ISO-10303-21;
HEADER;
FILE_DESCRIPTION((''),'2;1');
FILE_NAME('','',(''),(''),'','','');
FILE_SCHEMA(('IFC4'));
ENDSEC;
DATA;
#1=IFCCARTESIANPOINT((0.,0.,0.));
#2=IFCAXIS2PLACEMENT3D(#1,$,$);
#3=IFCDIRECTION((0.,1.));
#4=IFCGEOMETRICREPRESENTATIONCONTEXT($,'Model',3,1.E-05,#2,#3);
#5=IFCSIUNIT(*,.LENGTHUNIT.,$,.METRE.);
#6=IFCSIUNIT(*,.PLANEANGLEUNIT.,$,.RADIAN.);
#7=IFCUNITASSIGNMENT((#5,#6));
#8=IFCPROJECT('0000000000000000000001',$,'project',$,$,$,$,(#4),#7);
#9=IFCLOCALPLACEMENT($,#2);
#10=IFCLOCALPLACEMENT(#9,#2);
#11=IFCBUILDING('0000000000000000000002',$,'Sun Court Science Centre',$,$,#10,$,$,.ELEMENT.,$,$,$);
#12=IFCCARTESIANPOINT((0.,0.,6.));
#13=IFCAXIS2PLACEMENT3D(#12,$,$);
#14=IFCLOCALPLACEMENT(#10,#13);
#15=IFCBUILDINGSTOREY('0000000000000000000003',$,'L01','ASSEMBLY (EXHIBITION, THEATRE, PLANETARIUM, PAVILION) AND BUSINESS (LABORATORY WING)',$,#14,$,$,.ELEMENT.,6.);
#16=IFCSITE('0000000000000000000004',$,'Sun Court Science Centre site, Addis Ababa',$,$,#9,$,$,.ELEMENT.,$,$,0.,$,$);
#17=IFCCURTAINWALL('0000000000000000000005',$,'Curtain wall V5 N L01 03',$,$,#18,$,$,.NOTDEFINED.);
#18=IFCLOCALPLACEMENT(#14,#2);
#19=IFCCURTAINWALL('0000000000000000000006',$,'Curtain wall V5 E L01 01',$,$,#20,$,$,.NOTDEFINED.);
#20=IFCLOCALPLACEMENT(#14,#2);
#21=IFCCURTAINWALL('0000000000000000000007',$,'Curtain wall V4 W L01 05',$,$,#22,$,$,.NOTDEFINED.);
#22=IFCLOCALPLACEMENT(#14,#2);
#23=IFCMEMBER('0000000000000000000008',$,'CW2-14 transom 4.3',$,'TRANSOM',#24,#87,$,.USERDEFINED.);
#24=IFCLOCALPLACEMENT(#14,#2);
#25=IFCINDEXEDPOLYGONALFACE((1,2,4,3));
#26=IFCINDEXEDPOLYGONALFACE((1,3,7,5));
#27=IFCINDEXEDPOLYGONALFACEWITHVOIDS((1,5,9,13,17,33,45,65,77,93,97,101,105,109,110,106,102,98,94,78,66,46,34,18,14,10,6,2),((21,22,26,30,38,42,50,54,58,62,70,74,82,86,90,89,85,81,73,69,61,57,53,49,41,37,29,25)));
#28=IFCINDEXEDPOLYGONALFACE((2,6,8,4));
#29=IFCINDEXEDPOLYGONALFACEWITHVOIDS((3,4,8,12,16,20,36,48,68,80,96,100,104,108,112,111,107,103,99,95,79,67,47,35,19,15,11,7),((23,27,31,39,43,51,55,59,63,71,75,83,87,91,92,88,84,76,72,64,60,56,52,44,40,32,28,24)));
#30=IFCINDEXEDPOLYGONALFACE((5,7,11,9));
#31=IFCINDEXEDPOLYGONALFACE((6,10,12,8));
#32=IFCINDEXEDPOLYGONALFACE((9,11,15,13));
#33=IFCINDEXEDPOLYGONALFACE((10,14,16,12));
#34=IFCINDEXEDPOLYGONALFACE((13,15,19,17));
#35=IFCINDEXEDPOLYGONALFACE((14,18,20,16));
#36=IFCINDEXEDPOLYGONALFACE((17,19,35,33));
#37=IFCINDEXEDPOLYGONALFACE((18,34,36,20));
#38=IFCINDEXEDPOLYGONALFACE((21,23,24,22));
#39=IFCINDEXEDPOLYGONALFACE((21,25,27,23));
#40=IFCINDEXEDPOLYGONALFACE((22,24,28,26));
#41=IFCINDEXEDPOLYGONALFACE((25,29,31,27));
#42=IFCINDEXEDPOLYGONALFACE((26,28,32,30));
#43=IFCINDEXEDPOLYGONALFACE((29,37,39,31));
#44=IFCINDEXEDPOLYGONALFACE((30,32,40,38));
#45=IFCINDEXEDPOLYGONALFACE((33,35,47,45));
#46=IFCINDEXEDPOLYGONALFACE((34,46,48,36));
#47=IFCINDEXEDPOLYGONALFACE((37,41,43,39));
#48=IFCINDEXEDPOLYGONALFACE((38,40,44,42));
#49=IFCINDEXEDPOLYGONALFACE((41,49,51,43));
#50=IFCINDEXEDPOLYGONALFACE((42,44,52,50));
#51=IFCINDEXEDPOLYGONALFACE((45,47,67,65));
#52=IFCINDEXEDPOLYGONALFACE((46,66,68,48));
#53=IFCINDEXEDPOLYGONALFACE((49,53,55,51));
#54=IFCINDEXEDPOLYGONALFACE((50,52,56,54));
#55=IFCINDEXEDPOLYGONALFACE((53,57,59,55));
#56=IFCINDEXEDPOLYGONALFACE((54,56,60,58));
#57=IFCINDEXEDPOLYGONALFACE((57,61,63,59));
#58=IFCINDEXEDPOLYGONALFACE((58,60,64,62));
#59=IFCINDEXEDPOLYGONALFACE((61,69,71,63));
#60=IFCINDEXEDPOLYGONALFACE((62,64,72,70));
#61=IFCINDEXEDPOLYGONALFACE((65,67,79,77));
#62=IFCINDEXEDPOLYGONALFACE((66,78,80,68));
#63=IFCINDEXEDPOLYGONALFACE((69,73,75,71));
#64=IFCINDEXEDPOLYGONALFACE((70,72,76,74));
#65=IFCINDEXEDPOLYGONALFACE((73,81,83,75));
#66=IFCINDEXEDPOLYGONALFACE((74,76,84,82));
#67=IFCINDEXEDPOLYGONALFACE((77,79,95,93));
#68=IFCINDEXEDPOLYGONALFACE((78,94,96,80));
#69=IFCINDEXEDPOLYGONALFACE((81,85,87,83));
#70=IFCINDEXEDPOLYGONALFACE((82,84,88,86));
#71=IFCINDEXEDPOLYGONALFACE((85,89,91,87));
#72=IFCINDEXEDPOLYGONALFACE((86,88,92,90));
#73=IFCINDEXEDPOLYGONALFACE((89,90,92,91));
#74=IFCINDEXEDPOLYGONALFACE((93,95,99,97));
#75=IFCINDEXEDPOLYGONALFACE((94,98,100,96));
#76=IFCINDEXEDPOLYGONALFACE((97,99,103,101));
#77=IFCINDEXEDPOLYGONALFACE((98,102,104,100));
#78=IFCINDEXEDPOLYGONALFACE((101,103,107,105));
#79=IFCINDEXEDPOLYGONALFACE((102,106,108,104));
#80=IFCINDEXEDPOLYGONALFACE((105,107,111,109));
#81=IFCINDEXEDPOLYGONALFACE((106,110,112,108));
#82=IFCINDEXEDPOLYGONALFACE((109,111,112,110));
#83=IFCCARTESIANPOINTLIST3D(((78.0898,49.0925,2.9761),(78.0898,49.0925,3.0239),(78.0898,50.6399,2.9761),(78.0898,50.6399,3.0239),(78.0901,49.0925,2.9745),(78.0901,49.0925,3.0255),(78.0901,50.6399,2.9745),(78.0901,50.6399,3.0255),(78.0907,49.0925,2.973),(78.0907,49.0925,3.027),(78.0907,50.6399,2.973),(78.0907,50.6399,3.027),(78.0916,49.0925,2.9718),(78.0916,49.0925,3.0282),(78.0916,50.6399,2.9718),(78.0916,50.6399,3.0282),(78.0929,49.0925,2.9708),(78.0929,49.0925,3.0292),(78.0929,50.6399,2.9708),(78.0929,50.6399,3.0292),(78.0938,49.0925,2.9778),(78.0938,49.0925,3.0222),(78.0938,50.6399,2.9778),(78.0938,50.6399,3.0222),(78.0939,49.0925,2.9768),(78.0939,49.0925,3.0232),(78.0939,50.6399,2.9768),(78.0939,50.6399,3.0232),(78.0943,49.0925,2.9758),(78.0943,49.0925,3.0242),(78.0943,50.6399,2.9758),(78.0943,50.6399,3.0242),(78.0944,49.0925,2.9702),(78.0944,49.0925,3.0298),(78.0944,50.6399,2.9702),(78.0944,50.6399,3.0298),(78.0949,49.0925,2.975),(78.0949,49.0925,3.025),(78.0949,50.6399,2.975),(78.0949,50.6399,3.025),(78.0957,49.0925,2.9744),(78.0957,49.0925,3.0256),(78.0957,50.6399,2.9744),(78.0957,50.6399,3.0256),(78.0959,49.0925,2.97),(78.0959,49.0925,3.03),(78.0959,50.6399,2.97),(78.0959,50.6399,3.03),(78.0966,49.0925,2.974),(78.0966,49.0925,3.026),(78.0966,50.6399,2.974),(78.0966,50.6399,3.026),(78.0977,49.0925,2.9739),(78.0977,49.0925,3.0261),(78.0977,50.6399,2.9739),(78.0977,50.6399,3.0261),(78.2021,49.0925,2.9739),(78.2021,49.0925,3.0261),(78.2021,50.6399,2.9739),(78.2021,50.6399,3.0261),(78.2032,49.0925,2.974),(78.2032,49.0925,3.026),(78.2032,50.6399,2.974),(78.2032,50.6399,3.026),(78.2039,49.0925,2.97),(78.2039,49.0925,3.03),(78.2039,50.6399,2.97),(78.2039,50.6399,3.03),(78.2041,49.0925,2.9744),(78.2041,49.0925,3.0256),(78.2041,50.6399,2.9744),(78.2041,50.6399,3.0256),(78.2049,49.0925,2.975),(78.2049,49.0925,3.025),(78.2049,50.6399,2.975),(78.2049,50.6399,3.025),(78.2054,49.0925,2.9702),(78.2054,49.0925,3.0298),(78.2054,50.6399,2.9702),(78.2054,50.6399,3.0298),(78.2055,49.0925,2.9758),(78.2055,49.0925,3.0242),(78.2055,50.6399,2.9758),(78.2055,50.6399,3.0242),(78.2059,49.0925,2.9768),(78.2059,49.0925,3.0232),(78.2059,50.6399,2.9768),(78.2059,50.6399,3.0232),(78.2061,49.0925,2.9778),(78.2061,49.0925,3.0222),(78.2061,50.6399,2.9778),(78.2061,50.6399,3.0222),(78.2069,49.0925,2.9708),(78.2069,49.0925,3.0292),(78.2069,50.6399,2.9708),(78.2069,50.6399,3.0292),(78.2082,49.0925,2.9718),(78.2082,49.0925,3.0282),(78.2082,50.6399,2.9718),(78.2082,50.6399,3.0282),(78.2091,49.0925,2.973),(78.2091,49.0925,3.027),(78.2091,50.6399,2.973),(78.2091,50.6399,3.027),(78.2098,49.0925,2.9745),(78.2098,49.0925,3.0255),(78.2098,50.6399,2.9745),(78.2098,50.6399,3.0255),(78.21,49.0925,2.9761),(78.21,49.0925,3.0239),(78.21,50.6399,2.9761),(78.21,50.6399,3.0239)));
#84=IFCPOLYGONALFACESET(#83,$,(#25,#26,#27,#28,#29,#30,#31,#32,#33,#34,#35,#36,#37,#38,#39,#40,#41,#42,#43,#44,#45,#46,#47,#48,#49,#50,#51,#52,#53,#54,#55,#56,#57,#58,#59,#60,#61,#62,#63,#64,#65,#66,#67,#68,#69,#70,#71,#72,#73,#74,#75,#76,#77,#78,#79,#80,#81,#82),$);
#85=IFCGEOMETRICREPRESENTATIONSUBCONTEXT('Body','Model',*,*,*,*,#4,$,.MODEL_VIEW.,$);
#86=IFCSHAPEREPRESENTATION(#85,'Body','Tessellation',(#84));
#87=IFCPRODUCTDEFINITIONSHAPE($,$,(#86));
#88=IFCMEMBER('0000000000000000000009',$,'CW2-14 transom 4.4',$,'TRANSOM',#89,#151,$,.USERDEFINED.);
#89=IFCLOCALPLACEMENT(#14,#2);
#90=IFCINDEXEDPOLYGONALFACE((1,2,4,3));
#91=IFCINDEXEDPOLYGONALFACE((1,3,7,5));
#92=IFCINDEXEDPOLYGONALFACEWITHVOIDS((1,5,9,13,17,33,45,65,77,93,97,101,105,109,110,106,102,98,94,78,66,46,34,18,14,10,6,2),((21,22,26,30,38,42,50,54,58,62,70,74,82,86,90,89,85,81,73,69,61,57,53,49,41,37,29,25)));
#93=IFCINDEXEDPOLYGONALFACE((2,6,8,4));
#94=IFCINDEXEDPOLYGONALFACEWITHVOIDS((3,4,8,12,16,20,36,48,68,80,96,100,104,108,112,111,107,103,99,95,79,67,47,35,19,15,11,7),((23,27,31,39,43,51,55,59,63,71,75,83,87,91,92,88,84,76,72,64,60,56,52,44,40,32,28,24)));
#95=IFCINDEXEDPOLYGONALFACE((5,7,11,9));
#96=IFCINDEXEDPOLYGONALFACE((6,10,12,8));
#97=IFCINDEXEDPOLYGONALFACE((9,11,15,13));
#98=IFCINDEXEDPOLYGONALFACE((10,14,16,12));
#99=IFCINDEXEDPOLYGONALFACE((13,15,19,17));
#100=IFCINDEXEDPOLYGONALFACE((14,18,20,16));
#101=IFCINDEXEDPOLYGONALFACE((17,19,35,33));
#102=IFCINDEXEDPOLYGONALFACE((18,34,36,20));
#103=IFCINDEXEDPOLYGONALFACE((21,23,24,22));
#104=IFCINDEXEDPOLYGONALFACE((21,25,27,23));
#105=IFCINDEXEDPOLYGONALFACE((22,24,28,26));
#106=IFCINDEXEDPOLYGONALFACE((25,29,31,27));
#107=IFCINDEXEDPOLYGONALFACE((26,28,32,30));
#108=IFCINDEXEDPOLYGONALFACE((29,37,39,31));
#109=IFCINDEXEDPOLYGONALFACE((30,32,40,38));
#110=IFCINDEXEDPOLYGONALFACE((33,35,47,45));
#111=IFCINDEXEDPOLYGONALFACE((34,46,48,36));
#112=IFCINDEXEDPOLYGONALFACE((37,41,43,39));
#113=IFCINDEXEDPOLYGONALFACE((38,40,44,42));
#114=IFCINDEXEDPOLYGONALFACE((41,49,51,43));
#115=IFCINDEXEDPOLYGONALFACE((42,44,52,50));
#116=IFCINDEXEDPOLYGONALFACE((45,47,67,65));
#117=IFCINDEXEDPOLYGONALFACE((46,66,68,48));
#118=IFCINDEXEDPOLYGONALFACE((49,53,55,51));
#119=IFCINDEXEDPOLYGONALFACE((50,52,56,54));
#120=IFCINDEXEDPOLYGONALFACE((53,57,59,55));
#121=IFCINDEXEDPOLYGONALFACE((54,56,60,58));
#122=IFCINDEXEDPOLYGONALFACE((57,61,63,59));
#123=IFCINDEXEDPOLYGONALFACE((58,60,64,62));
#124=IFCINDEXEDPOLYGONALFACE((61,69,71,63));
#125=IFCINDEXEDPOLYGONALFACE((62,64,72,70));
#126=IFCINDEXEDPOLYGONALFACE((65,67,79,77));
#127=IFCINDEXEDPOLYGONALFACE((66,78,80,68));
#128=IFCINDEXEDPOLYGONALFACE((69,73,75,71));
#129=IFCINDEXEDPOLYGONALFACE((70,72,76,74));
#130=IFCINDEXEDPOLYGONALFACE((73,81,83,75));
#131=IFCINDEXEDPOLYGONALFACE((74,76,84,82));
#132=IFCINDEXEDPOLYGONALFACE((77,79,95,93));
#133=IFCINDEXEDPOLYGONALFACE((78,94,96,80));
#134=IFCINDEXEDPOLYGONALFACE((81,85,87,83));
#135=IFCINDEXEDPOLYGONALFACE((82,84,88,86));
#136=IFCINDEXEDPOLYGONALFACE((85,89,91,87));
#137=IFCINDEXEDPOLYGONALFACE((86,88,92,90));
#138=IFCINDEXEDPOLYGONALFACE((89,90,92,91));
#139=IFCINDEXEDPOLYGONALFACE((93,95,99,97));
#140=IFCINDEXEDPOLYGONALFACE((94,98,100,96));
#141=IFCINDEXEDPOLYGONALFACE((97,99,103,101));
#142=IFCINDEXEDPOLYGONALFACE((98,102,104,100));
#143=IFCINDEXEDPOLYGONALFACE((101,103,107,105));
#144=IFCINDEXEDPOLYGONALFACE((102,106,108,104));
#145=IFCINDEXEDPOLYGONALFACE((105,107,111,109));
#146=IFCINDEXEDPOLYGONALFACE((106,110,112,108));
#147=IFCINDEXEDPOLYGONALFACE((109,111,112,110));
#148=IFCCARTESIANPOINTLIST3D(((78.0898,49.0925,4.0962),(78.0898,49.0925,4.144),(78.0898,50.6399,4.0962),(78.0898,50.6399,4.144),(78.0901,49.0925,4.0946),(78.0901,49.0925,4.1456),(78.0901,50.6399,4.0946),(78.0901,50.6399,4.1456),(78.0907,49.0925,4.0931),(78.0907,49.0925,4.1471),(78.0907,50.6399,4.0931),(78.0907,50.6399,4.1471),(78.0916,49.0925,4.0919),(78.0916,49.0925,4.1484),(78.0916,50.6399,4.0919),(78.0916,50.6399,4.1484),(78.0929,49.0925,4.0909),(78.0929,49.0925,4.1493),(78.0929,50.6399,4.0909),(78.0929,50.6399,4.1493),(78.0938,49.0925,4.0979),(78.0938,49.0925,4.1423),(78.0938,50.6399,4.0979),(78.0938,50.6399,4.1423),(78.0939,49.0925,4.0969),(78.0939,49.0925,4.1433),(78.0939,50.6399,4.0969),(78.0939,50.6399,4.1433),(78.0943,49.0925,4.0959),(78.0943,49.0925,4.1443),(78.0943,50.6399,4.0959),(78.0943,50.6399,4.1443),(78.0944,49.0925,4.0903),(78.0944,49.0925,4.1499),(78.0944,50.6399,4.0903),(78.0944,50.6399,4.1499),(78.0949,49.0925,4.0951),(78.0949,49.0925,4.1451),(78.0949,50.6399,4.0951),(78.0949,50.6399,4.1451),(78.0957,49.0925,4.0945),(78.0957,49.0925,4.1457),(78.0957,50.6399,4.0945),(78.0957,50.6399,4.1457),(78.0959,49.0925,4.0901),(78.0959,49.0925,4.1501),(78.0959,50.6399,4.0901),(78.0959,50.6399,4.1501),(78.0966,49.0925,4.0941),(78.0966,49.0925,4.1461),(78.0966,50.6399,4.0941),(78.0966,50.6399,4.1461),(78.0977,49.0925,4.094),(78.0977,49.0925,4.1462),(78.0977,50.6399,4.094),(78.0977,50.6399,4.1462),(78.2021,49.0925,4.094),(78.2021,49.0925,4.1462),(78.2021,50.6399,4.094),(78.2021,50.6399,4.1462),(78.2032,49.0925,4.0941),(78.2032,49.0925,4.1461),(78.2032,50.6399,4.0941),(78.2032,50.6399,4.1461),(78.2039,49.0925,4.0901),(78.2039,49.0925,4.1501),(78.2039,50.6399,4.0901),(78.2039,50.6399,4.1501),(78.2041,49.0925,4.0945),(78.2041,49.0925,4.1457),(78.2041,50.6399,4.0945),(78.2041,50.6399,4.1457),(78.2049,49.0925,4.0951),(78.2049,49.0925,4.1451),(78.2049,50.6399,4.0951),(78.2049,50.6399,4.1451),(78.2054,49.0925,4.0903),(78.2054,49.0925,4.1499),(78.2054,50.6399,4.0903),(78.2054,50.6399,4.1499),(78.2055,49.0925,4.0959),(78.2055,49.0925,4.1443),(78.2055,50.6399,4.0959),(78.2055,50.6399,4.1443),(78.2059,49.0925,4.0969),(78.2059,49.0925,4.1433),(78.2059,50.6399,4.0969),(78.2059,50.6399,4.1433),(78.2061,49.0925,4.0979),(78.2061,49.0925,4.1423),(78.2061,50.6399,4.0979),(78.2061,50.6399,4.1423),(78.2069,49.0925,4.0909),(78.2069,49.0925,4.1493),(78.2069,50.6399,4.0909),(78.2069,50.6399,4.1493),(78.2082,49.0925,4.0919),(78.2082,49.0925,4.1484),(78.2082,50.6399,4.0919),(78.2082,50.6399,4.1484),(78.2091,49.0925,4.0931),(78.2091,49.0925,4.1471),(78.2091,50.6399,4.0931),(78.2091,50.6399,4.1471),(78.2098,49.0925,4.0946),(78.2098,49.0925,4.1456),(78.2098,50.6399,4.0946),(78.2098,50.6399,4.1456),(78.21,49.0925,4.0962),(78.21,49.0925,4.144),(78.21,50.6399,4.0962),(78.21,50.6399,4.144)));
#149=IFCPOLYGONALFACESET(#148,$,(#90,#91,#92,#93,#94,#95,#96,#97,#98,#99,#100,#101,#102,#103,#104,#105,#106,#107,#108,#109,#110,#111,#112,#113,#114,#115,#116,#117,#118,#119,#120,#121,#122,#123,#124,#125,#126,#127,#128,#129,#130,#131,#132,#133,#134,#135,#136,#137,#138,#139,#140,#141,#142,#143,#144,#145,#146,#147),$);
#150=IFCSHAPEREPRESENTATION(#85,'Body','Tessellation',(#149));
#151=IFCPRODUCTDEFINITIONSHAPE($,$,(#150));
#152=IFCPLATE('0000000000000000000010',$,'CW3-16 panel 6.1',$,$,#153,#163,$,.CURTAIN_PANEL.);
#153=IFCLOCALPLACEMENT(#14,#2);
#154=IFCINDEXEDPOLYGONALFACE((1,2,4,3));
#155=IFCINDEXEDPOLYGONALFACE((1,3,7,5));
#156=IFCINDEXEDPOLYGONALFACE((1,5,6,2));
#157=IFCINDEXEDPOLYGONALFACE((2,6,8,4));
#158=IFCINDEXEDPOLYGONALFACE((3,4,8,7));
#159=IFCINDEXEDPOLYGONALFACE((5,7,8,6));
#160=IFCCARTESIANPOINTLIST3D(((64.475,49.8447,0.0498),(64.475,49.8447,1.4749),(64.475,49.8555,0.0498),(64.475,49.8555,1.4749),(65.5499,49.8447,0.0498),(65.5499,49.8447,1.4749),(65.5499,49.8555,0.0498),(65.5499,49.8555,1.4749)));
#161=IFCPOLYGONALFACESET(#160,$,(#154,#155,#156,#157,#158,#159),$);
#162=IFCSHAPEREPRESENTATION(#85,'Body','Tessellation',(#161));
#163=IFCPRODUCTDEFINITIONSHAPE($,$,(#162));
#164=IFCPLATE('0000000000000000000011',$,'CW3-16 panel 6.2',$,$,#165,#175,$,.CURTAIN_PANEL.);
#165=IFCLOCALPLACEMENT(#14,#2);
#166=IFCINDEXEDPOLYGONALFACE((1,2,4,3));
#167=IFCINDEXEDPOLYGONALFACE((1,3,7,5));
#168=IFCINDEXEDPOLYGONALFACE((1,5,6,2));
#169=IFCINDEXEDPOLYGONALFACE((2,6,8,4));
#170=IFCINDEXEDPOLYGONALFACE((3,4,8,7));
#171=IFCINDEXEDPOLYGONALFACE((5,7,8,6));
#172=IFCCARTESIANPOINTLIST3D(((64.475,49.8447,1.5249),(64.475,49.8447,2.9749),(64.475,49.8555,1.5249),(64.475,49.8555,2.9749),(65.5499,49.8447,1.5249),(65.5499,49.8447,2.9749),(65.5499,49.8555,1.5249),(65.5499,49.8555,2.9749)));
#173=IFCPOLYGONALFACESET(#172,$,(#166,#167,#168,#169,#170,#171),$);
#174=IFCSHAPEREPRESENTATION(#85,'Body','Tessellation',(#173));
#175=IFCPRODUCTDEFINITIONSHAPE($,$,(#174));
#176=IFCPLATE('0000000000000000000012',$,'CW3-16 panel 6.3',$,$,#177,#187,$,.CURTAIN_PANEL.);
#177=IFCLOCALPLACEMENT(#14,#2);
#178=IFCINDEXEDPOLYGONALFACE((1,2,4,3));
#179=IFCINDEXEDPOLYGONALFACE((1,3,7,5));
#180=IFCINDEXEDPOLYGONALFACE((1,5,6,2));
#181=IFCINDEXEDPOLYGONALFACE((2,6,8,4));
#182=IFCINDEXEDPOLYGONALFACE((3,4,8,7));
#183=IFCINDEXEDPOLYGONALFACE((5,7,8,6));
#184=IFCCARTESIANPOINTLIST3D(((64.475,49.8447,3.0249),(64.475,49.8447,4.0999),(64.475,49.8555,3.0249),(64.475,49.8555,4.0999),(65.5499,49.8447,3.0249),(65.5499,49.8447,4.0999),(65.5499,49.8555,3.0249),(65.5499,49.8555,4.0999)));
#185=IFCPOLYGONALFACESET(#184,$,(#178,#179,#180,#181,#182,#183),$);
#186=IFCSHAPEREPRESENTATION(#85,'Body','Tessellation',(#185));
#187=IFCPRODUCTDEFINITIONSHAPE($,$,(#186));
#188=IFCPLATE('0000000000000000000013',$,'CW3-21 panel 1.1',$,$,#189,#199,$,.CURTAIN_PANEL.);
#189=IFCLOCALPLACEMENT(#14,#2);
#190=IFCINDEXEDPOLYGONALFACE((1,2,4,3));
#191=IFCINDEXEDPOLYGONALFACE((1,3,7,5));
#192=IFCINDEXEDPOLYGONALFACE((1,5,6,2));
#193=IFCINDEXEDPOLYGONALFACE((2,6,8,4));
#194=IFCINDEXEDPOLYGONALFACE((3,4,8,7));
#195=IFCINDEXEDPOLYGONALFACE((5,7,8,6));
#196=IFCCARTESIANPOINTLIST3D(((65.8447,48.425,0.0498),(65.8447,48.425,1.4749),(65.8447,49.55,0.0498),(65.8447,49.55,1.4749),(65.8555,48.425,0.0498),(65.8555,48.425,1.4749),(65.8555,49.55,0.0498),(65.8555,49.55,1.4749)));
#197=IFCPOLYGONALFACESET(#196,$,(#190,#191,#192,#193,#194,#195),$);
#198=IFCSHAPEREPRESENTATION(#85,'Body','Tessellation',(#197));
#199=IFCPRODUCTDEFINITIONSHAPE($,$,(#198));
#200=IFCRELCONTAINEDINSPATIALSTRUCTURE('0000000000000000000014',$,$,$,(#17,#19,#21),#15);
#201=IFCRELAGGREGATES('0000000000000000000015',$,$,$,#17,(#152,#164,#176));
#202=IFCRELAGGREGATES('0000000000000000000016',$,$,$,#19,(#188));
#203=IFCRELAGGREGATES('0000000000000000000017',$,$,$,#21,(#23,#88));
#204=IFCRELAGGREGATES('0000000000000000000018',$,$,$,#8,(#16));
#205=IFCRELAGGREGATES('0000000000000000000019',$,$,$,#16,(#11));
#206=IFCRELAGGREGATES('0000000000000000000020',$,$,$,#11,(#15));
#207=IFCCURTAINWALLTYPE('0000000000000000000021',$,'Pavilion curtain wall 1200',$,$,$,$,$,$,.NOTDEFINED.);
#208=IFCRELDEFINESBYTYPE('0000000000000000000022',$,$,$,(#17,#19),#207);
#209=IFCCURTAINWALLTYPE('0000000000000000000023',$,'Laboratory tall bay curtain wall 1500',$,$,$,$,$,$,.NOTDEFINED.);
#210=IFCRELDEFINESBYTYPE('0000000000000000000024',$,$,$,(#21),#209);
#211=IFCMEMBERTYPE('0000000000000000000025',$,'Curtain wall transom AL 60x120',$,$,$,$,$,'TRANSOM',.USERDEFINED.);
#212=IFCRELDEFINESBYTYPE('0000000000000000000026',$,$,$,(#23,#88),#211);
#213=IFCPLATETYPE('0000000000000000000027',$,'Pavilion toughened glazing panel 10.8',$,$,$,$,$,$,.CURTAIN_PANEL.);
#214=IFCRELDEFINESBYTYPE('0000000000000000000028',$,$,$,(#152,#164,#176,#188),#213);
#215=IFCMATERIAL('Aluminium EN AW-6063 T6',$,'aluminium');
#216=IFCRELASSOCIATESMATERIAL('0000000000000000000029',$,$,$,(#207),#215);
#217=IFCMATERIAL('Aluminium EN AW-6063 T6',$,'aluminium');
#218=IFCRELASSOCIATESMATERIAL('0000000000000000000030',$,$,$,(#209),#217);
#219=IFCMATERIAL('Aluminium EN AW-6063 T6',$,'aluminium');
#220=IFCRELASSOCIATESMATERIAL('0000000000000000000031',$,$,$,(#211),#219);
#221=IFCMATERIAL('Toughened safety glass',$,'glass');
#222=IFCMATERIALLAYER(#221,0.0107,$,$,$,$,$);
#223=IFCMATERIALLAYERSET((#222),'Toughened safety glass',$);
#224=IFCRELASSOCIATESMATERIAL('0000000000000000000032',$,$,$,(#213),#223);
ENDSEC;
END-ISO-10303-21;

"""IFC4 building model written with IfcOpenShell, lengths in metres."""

from ifc_helpers import new_model, si_unit, direction, frame, origin, origin_2d, place, context, subcontext, project, spatial, rectangle, hollow_rectangle, extrude, material, layer, layer_set, material_profile, profile_set, type_object, element, aggregate, save


model = new_model("IFC4")

# Units and contexts
model_context = context("Model", 3, precision=1e-05, world=origin(), true_north=direction((0.0, 1.0)))
body_context = subcontext(model_context, "Body", "Model", "MODEL_VIEW")
ifc_project = project(units=[si_unit("LENGTHUNIT", "METRE"), si_unit("PLANEANGLEUNIT", "RADIAN")], contexts=[model_context])

# Site, building, storey
site_placement = place(None, origin())
site = spatial("IfcSite", under=ifc_project, at=site_placement, Name="Sun Court Science Centre site, Addis Ababa", CompositionType="ELEMENT", RefElevation=0.0)
building_placement = place(site_placement, origin())
building = spatial("IfcBuilding", under=site, at=building_placement, Name="Sun Court Science Centre", CompositionType="ELEMENT")
storey_placement = place(building_placement, frame((0.0, 0.0, 6.0)))
storey = spatial("IfcBuildingStorey", under=building, at=storey_placement, Name="L01", Description="ASSEMBLY (EXHIBITION, THEATRE, PLANETARIUM, PAVILION) AND BUSINESS (LABORATORY WING)", CompositionType="ELEMENT", Elevation=6.0)

# Curtain wall
ifc_material_1 = material(Name="Aluminium EN AW-6063 T6", Category="aluminium")
curtain_wall_type_1 = type_object("IfcCurtainWallType", Name="Pavilion curtain wall 1200", PredefinedType="NOTDEFINED", material=ifc_material_1)
curtain_wall_1_placement = place(storey_placement, origin())
curtain_wall_1 = element("IfcCurtainWall", 1, at=curtain_wall_1_placement, inside=storey, type_object=curtain_wall_type_1, Name="Curtain wall V5 N L01 03", PredefinedType="NOTDEFINED")

# Curtain wall
curtain_wall_2_placement = place(storey_placement, origin())
curtain_wall_2 = element("IfcCurtainWall", 2, at=curtain_wall_2_placement, inside=storey, type_object=curtain_wall_type_1, Name="Curtain wall V5 E L01 01", PredefinedType="NOTDEFINED")

# Curtain wall
ifc_material_2 = material(Name="Aluminium EN AW-6063 T6", Category="aluminium")
curtain_wall_type_2 = type_object("IfcCurtainWallType", Name="Laboratory tall bay curtain wall 1500", PredefinedType="NOTDEFINED", material=ifc_material_2)
curtain_wall_3_placement = place(storey_placement, origin())
curtain_wall_3 = element("IfcCurtainWall", 3, at=curtain_wall_3_placement, inside=storey, type_object=curtain_wall_type_2, Name="Curtain wall V4 W L01 05", PredefinedType="NOTDEFINED")

# Members
ifc_material_3 = material(Name="Aluminium EN AW-6063 T6", Category="aluminium")
ifc_material_profile_1 = material_profile(ifc_material_3, hollow_rectangle(XDim=0.0601, YDim=0.1201, WallThickness=0.0039, InnerFilletRadius=0.0039, OuterFilletRadius=0.0061, at=origin_2d()), Name="AL 60x120x4")
ifc_profile_set_1 = profile_set([ifc_material_profile_1], Name="Aluminium EN AW-6063 T6")
member_type_1 = type_object("IfcMemberType", Name="Curtain wall transom AL 60x120", ElementType="TRANSOM", PredefinedType="USERDEFINED", material=ifc_profile_set_1)
member_1_placement = place(storey_placement, frame((78.1499, 49.0925, 3.0), z_axis=(0.0, 1.0, 0.0), x_axis=(0.0, 0.0, 1.0)))
member_1 = element("IfcMember", 4, at=member_1_placement, type_object=member_type_1, Name="CW2-14 transom 4.3", ObjectType="TRANSOM", PredefinedType="USERDEFINED", context=body_context, shape_type="SweptSolid", body=[
    extrude(hollow_rectangle(XDim=0.0601, YDim=0.1201, WallThickness=0.0039, InnerFilletRadius=0.0039, OuterFilletRadius=0.0061, at=origin_2d()), origin(), (0.0, 0.0, 1.0), 1.5474),
])
member_2_placement = place(storey_placement, frame((78.1499, 49.0925, 4.1201), z_axis=(0.0, 1.0, 0.0), x_axis=(0.0, 0.0, 1.0)))
member_2 = element("IfcMember", 5, at=member_2_placement, type_object=member_type_1, Name="CW2-14 transom 4.4", ObjectType="TRANSOM", PredefinedType="USERDEFINED", context=body_context, shape_type="SweptSolid", body=[
    extrude(hollow_rectangle(XDim=0.0601, YDim=0.1201, WallThickness=0.0039, InnerFilletRadius=0.0039, OuterFilletRadius=0.0061, at=origin_2d()), origin(), (0.0, 0.0, 1.0), 1.5474),
])

# Plates
ifc_material_4 = material(Name="Toughened safety glass", Category="glass")
ifc_layer_1 = layer(ifc_material_4, 0.0107)
ifc_layer_set_1 = layer_set([ifc_layer_1], Name="Toughened safety glass")
plate_type_1 = type_object("IfcPlateType", Name="Pavilion toughened glazing panel 10.8", PredefinedType="CURTAIN_PANEL", material=ifc_layer_set_1)
plate_1_placement = place(storey_placement, frame((65.0125, 49.8501, 0.0498), z_axis=(0.0, 0.0, 1.0), x_axis=(1.0, 0.0, 0.0)))
plate_1 = element("IfcPlate", 6, at=plate_1_placement, type_object=plate_type_1, Name="CW3-16 panel 6.1", PredefinedType="CURTAIN_PANEL", context=body_context, shape_type="SweptSolid", body=[
    extrude(rectangle(XDim=1.075, YDim=0.0107, at=origin_2d()), origin(), (0.0, 0.0, 1.0), 1.425),
])
plate_2_placement = place(storey_placement, frame((65.0125, 49.8501, 1.5249), z_axis=(0.0, 0.0, 1.0), x_axis=(1.0, 0.0, 0.0)))
plate_2 = element("IfcPlate", 7, at=plate_2_placement, type_object=plate_type_1, Name="CW3-16 panel 6.2", PredefinedType="CURTAIN_PANEL", context=body_context, shape_type="SweptSolid", body=[
    extrude(rectangle(XDim=1.075, YDim=0.0107, at=origin_2d()), origin(), (0.0, 0.0, 1.0), 1.45),
])
plate_3_placement = place(storey_placement, frame((65.0125, 49.8501, 3.0249), z_axis=(0.0, 0.0, 1.0), x_axis=(1.0, 0.0, 0.0)))
plate_3 = element("IfcPlate", 8, at=plate_3_placement, type_object=plate_type_1, Name="CW3-16 panel 6.3", PredefinedType="CURTAIN_PANEL", context=body_context, shape_type="SweptSolid", body=[
    extrude(rectangle(XDim=1.075, YDim=0.0107, at=origin_2d()), origin(), (0.0, 0.0, 1.0), 1.075),
])
aggregate(curtain_wall_1, [plate_1, plate_2, plate_3])
plate_4_placement = place(storey_placement, frame((65.8501, 48.9875, 0.0498), z_axis=(0.0, 0.0, 1.0), x_axis=(0.0, -1.0, 0.0)))
plate_4 = element("IfcPlate", 9, at=plate_4_placement, type_object=plate_type_1, Name="CW3-21 panel 1.1", PredefinedType="CURTAIN_PANEL", context=body_context, shape_type="SweptSolid", body=[
    extrude(rectangle(XDim=1.125, YDim=0.0107, at=origin_2d()), origin(), (0.0, 0.0, 1.0), 1.425),
])
aggregate(curtain_wall_2, [plate_4])
aggregate(curtain_wall_3, [member_1, member_2])

save(model, "model.ifc")
